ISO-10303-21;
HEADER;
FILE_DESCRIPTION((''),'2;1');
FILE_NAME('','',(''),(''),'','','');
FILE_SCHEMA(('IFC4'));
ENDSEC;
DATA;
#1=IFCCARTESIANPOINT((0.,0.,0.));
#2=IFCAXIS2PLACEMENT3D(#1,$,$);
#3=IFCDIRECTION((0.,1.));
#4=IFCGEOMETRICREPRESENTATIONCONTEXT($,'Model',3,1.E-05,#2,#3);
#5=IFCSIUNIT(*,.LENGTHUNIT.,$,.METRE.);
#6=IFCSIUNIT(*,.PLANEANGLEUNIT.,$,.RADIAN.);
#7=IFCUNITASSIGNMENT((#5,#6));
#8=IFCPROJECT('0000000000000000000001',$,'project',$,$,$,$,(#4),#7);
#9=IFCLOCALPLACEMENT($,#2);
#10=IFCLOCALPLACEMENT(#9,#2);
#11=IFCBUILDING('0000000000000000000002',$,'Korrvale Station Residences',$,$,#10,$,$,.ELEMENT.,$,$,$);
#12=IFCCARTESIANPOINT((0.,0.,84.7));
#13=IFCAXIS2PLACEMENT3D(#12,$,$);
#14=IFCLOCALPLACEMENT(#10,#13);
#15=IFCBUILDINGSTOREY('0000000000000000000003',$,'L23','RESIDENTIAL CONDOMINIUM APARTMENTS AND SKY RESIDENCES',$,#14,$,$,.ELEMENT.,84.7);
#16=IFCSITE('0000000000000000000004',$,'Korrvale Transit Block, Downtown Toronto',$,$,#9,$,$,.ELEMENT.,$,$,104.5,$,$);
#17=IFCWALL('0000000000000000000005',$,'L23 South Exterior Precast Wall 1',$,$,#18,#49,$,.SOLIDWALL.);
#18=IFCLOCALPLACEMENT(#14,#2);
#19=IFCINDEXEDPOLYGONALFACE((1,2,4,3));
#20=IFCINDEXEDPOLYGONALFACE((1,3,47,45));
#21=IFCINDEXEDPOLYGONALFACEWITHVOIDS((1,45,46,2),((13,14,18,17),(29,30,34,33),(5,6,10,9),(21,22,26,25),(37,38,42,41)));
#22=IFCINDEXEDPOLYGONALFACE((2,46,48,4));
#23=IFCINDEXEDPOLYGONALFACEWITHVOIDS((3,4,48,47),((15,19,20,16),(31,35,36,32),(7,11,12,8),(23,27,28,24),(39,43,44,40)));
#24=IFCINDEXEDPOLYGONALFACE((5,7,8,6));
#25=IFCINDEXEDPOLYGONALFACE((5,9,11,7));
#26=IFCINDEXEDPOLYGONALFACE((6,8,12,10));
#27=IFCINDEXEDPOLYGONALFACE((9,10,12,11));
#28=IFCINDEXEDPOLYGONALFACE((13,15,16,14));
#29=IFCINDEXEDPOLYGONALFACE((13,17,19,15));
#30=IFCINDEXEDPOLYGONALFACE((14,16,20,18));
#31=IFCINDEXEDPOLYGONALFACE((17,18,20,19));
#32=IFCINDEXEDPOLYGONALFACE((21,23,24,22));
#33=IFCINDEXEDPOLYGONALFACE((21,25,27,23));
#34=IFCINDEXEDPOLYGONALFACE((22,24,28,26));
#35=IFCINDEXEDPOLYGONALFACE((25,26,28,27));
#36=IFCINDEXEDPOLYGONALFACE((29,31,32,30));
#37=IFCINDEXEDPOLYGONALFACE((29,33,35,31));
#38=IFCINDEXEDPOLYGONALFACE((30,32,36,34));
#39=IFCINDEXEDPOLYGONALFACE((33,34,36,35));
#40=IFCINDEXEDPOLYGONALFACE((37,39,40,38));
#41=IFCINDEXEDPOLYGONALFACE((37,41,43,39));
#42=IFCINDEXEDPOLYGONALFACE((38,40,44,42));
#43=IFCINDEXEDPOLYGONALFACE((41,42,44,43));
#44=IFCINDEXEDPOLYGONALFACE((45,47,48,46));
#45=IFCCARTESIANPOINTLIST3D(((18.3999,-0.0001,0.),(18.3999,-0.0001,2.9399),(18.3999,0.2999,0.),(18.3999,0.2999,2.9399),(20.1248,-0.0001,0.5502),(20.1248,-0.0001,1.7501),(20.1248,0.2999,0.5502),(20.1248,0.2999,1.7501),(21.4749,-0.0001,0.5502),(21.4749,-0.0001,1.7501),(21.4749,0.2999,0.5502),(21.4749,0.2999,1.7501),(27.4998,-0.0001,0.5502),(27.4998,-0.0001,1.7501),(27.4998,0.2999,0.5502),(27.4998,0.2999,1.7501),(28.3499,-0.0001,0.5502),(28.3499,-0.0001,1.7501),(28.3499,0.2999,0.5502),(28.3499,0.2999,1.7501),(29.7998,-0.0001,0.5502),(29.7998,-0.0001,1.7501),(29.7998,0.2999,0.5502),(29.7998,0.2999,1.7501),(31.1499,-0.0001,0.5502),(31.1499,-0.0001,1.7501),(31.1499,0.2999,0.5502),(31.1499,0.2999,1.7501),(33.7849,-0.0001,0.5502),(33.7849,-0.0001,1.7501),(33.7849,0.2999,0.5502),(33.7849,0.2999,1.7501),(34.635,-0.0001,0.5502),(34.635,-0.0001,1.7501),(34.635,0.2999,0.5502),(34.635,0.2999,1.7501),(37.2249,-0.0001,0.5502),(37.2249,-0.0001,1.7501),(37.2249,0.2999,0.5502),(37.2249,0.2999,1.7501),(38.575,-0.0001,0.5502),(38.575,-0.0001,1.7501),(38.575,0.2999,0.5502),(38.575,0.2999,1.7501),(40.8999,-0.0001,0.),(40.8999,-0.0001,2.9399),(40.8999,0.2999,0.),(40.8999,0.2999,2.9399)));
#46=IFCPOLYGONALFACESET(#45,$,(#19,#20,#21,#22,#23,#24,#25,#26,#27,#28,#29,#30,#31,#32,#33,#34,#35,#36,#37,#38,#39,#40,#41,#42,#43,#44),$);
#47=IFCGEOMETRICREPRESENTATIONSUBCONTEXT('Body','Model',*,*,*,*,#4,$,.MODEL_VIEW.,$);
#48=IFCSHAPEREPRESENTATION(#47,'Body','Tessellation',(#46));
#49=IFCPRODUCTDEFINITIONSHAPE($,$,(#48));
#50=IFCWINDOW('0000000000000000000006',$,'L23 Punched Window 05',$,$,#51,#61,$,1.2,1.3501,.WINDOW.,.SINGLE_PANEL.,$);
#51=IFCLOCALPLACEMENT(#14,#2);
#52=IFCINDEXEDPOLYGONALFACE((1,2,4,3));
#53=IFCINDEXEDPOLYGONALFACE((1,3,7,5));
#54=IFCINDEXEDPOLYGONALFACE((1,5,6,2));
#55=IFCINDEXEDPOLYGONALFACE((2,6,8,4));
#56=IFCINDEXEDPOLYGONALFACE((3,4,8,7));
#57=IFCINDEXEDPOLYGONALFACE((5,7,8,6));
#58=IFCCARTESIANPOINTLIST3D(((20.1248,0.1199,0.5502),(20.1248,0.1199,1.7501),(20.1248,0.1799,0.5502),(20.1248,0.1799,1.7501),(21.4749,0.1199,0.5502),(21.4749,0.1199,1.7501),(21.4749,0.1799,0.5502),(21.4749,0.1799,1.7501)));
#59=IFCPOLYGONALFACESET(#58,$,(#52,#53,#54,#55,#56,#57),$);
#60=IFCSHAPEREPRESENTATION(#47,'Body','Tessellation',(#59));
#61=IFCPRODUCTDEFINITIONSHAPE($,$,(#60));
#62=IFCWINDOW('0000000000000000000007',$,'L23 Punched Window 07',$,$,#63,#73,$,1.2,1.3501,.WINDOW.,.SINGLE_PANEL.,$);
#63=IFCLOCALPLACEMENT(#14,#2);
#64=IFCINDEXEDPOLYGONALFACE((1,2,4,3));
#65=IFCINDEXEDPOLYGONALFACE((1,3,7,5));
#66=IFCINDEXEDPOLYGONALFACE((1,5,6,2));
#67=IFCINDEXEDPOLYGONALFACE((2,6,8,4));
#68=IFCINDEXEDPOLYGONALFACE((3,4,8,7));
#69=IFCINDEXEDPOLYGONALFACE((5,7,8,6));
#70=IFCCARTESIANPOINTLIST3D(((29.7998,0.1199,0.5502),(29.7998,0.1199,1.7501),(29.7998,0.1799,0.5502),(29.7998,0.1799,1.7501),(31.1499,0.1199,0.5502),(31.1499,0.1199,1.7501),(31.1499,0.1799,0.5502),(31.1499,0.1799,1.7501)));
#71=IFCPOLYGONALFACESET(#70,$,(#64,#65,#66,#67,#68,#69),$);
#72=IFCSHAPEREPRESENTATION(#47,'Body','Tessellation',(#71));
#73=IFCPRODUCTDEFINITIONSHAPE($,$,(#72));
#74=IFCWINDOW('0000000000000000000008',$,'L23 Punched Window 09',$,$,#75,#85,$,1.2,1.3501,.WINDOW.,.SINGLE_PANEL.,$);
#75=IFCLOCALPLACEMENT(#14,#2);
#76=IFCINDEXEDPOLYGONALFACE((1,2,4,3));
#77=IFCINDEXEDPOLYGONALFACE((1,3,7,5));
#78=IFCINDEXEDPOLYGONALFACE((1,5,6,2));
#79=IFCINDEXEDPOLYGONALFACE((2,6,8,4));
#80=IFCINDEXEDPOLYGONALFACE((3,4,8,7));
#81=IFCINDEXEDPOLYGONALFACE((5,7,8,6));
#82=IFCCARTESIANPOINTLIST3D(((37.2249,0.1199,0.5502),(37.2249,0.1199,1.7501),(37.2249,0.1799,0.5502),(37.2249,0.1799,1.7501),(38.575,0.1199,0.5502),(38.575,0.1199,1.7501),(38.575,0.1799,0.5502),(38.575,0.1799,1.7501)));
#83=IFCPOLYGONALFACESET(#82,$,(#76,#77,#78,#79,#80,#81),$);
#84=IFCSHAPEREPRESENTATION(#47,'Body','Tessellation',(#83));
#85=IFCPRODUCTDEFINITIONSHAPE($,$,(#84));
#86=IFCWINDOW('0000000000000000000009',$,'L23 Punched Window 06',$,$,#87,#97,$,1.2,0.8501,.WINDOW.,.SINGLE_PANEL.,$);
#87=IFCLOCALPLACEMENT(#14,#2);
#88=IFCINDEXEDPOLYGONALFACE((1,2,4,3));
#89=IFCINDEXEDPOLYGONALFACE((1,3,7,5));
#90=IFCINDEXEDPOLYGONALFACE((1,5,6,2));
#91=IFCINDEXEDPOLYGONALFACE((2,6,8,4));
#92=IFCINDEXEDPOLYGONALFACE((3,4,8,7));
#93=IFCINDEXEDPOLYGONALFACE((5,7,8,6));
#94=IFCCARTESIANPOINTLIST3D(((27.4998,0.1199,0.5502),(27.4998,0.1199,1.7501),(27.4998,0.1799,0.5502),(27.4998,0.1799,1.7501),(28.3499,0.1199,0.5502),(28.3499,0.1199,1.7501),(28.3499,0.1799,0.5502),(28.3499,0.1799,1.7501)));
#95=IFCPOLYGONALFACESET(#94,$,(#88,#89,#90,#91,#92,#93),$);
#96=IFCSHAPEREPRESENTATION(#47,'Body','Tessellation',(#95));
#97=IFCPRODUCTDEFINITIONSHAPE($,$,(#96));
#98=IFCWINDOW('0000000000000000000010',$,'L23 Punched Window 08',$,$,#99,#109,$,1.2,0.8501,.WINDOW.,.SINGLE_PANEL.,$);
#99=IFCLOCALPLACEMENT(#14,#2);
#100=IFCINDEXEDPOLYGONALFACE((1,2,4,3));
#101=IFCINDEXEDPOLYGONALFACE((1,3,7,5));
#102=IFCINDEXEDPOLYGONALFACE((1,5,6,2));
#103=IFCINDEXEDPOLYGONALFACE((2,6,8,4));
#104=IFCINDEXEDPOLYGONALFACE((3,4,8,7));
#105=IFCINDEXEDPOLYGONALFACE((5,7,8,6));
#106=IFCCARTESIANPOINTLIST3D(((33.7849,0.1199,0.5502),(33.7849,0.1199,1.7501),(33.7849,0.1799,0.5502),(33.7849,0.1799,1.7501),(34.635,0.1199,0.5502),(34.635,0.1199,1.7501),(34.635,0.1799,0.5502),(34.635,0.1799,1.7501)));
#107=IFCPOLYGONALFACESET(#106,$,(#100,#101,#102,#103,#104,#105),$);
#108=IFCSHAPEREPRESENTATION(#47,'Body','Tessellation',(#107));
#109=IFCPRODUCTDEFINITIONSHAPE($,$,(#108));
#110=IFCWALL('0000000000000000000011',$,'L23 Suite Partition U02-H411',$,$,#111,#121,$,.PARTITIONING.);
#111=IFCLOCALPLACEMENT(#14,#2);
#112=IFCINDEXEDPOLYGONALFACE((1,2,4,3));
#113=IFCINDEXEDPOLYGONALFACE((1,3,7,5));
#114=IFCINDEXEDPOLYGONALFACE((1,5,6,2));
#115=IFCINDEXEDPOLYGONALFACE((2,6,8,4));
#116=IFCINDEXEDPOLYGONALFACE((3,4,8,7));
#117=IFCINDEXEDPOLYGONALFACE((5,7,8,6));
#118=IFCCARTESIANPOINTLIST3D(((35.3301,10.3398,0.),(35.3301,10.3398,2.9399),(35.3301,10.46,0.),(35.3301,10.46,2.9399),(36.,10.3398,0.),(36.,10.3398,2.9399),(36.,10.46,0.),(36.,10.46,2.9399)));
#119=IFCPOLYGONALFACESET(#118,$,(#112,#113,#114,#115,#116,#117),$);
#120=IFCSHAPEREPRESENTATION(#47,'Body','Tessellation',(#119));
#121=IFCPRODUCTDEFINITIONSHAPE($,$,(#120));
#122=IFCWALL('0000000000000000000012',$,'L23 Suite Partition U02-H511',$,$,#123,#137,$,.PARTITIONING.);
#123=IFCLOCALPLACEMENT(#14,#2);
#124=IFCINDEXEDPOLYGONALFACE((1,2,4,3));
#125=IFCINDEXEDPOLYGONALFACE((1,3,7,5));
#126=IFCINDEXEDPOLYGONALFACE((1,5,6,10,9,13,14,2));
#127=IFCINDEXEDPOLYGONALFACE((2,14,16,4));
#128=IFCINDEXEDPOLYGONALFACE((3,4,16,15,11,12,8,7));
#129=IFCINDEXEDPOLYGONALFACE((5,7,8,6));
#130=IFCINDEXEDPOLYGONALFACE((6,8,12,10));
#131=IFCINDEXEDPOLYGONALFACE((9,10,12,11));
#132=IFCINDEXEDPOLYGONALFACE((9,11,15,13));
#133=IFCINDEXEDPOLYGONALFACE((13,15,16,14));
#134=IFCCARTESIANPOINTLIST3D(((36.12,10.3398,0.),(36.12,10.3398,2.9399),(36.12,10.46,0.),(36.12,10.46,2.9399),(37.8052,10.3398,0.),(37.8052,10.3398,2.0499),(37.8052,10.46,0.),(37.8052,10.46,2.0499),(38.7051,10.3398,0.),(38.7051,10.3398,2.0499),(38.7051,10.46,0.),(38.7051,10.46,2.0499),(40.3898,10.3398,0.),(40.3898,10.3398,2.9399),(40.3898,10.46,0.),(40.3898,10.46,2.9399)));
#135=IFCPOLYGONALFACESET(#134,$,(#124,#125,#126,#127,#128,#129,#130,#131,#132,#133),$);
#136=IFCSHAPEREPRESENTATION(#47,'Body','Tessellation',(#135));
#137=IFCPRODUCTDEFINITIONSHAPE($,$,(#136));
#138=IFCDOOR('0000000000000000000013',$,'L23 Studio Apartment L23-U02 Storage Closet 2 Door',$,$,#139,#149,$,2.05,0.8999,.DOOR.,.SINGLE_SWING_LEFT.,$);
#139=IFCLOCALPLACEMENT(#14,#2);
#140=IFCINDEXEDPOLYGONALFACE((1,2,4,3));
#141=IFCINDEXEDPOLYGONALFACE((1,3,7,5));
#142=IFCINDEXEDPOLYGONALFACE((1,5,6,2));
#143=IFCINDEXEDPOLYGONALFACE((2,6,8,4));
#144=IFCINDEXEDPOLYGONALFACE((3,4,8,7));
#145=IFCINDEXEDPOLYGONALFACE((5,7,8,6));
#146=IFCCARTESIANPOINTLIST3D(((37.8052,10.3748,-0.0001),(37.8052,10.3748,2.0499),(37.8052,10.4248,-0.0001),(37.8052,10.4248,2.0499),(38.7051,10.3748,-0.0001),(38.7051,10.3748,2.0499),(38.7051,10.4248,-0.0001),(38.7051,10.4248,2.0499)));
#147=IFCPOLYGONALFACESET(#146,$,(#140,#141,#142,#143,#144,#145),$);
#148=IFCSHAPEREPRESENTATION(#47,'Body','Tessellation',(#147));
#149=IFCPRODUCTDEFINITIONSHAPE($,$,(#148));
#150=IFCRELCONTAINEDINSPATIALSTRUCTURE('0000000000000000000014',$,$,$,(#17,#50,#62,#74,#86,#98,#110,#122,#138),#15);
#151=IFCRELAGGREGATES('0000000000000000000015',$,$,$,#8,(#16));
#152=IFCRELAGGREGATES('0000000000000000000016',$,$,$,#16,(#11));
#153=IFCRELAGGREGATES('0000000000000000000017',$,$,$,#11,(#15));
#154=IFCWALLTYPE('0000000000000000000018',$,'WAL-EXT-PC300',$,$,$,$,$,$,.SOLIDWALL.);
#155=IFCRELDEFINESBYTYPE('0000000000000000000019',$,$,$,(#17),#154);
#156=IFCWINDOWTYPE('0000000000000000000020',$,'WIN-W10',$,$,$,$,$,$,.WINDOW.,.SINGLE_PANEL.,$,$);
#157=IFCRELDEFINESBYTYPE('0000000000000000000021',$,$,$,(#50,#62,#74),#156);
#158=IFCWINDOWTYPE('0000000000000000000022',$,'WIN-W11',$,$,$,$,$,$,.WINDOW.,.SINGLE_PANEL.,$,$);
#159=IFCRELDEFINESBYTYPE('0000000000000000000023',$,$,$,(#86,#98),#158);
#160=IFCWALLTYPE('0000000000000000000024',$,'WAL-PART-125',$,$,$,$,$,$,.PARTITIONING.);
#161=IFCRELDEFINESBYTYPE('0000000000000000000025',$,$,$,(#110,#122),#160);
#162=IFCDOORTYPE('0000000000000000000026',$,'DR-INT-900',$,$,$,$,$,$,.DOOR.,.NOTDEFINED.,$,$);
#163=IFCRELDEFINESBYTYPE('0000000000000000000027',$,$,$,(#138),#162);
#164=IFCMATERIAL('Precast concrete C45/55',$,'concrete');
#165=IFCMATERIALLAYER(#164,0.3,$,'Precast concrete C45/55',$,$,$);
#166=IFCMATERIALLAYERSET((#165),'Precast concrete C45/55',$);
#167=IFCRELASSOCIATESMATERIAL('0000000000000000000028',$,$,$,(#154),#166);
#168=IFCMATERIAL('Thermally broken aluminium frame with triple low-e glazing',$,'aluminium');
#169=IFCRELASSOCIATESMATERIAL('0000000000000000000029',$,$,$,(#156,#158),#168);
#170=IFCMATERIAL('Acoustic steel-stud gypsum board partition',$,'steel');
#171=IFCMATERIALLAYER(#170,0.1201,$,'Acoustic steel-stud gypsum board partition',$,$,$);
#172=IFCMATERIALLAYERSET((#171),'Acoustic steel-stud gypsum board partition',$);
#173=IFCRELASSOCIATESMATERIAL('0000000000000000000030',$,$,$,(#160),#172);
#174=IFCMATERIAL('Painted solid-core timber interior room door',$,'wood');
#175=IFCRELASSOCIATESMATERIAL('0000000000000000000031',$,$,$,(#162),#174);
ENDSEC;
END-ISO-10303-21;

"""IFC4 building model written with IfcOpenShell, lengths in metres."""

from ifc_helpers import new_model, si_unit, direction, frame, frame_2d, origin, place, context, subcontext, project, spatial, rectangle, extrude, material, layer, layer_set, type_object, element, fill, save


model = new_model("IFC4")

# Units and contexts
model_context = context("Model", 3, precision=1e-05, world=origin(), true_north=direction((0.0, 1.0)))
body_context = subcontext(model_context, "Body", "Model", "MODEL_VIEW")
ifc_project = project(units=[si_unit("LENGTHUNIT", "METRE"), si_unit("PLANEANGLEUNIT", "RADIAN")], contexts=[model_context])

# Site, building, storey
site_placement = place(None, origin())
site = spatial("IfcSite", under=ifc_project, at=site_placement, Name="Korrvale Transit Block, Downtown Toronto", CompositionType="ELEMENT", RefElevation=104.5)
building_placement = place(site_placement, origin())
building = spatial("IfcBuilding", under=site, at=building_placement, Name="Korrvale Station Residences", CompositionType="ELEMENT")
storey_placement = place(building_placement, frame((0.0, 0.0, 84.7)))
storey = spatial("IfcBuildingStorey", under=building, at=storey_placement, Name="L23", Description="RESIDENTIAL CONDOMINIUM APARTMENTS AND SKY RESIDENCES", CompositionType="ELEMENT", Elevation=84.7)

# Shared definitions
ifc_material_1 = material(Name="Precast concrete C45/55", Category="concrete")

# Wall, openings, windows
ifc_layer_1 = layer(ifc_material_1, 0.3, Name="Precast concrete C45/55")
ifc_layer_set_1 = layer_set([ifc_layer_1], Name="Precast concrete C45/55")
wall_type_1 = type_object("IfcWallType", Name="WAL-EXT-PC300", PredefinedType="SOLIDWALL", material=ifc_layer_set_1)
wall_1_placement = place(storey_placement, frame((40.8999, 0.1499, 0.0), z_axis=(0.0, 0.0, 1.0), x_axis=(-1.0, 0.0, 0.0)))
wall_1 = element("IfcWall", 1, at=wall_1_placement, inside=storey, type_object=wall_type_1, Name="L23 South Exterior Precast Wall 1", PredefinedType="SOLIDWALL", context=body_context, shape_type="SweptSolid", body=[
    extrude(rectangle(XDim=22.5, YDim=0.3, at=frame_2d((11.25, 0.0))), origin(), (0.0, 0.0, 1.0), 2.9399),
])
opening_1_placement = place(wall_1_placement, frame((19.425, 0.0, 0.55)))
opening_1 = element("IfcOpeningElement", 2, at=opening_1_placement, cuts=wall_1, PredefinedType="OPENING", context=body_context, shape_type="SweptSolid", body=[
    extrude(rectangle(XDim=1.3501, YDim=1.2, at=frame_2d((0.675, 0.6001))), frame((0.0, 0.1602, 0.0), z_axis=(0.0, -1.0, 0.0), x_axis=(1.0, 0.0, 0.0)), (0.0, 0.0, 1.0), 0.3201),
])
opening_2_placement = place(wall_1_placement, frame((12.55, 0.0, 0.55)))
opening_2 = element("IfcOpeningElement", 3, at=opening_2_placement, cuts=wall_1, PredefinedType="OPENING", context=body_context, shape_type="SweptSolid", body=[
    extrude(rectangle(XDim=0.8501, YDim=1.2, at=frame_2d((0.425, 0.6001))), frame((0.0, 0.1602, 0.0), z_axis=(0.0, -1.0, 0.0), x_axis=(1.0, 0.0, 0.0)), (0.0, 0.0, 1.0), 0.3201),
])
opening_3_placement = place(wall_1_placement, frame((9.75, 0.0, 0.55)))
opening_3 = element("IfcOpeningElement", 4, at=opening_3_placement, cuts=wall_1, PredefinedType="OPENING", context=body_context, shape_type="SweptSolid", body=[
    extrude(rectangle(XDim=1.3501, YDim=1.2, at=frame_2d((0.675, 0.6001))), frame((0.0, 0.1602, 0.0), z_axis=(0.0, -1.0, 0.0), x_axis=(1.0, 0.0, 0.0)), (0.0, 0.0, 1.0), 0.3201),
])
opening_4_placement = place(wall_1_placement, frame((6.2649, 0.0, 0.55)))
opening_4 = element("IfcOpeningElement", 5, at=opening_4_placement, cuts=wall_1, PredefinedType="OPENING", context=body_context, shape_type="SweptSolid", body=[
    extrude(rectangle(XDim=0.8501, YDim=1.2, at=frame_2d((0.425, 0.6001))), frame((0.0, 0.1602, 0.0), z_axis=(0.0, -1.0, 0.0), x_axis=(1.0, 0.0, 0.0)), (0.0, 0.0, 1.0), 0.3201),
])
opening_5_placement = place(wall_1_placement, frame((2.325, 0.0, 0.55)))
opening_5 = element("IfcOpeningElement", 6, at=opening_5_placement, cuts=wall_1, PredefinedType="OPENING", context=body_context, shape_type="SweptSolid", body=[
    extrude(rectangle(XDim=1.3501, YDim=1.2, at=frame_2d((0.675, 0.6001))), frame((0.0, 0.1602, 0.0), z_axis=(0.0, -1.0, 0.0), x_axis=(1.0, 0.0, 0.0)), (0.0, 0.0, 1.0), 0.3201),
])
ifc_material_2 = material(Name="Thermally broken aluminium frame with triple low-e glazing", Category="aluminium")
window_type_1 = type_object("IfcWindowType", Name="WIN-W10", PartitioningType="SINGLE_PANEL", PredefinedType="WINDOW", material=ifc_material_2)
window_1_placement = place(opening_1_placement, origin())
window_1 = element("IfcWindow", 7, at=window_1_placement, inside=storey, type_object=window_type_1, Name="L23 Punched Window 05", OverallHeight=1.2, OverallWidth=1.3501, PartitioningType="SINGLE_PANEL", PredefinedType="WINDOW", context=body_context, shape_type="SweptSolid", body=[
    extrude(rectangle(XDim=1.3501, YDim=1.2, at=frame_2d((0.675, 0.6001))), frame((0.0, 0.03, 0.0), z_axis=(0.0, -1.0, 0.0), x_axis=(1.0, 0.0, 0.0)), (0.0, 0.0, 1.0), 0.0601),
])
fill(opening_1, window_1)
window_2_placement = place(opening_3_placement, origin())
window_2 = element("IfcWindow", 8, at=window_2_placement, inside=storey, type_object=window_type_1, Name="L23 Punched Window 07", OverallHeight=1.2, OverallWidth=1.3501, PartitioningType="SINGLE_PANEL", PredefinedType="WINDOW", context=body_context, shape_type="SweptSolid", body=[
    extrude(rectangle(XDim=1.3501, YDim=1.2, at=frame_2d((0.675, 0.6001))), frame((0.0, 0.03, 0.0), z_axis=(0.0, -1.0, 0.0), x_axis=(1.0, 0.0, 0.0)), (0.0, 0.0, 1.0), 0.0601),
])
fill(opening_3, window_2)
window_3_placement = place(opening_5_placement, origin())
window_3 = element("IfcWindow", 9, at=window_3_placement, inside=storey, type_object=window_type_1, Name="L23 Punched Window 09", OverallHeight=1.2, OverallWidth=1.3501, PartitioningType="SINGLE_PANEL", PredefinedType="WINDOW", context=body_context, shape_type="SweptSolid", body=[
    extrude(rectangle(XDim=1.3501, YDim=1.2, at=frame_2d((0.675, 0.6001))), frame((0.0, 0.03, 0.0), z_axis=(0.0, -1.0, 0.0), x_axis=(1.0, 0.0, 0.0)), (0.0, 0.0, 1.0), 0.0601),
])
fill(opening_5, window_3)
window_type_2 = type_object("IfcWindowType", Name="WIN-W11", PartitioningType="SINGLE_PANEL", PredefinedType="WINDOW", material=ifc_material_2)
window_4_placement = place(opening_2_placement, origin())
window_4 = element("IfcWindow", 10, at=window_4_placement, inside=storey, type_object=window_type_2, Name="L23 Punched Window 06", OverallHeight=1.2, OverallWidth=0.8501, PartitioningType="SINGLE_PANEL", PredefinedType="WINDOW", context=body_context, shape_type="SweptSolid", body=[
    extrude(rectangle(XDim=0.8501, YDim=1.2, at=frame_2d((0.425, 0.6001))), frame((0.0, 0.03, 0.0), z_axis=(0.0, -1.0, 0.0), x_axis=(1.0, 0.0, 0.0)), (0.0, 0.0, 1.0), 0.0601),
])
fill(opening_2, window_4)
window_5_placement = place(opening_4_placement, origin())
window_5 = element("IfcWindow", 11, at=window_5_placement, inside=storey, type_object=window_type_2, Name="L23 Punched Window 08", OverallHeight=1.2, OverallWidth=0.8501, PartitioningType="SINGLE_PANEL", PredefinedType="WINDOW", context=body_context, shape_type="SweptSolid", body=[
    extrude(rectangle(XDim=0.8501, YDim=1.2, at=frame_2d((0.425, 0.6001))), frame((0.0, 0.03, 0.0), z_axis=(0.0, -1.0, 0.0), x_axis=(1.0, 0.0, 0.0)), (0.0, 0.0, 1.0), 0.0601),
])
fill(opening_4, window_5)

# Wall
ifc_material_3 = material(Name="Acoustic steel-stud gypsum board partition", Category="steel")
ifc_layer_2 = layer(ifc_material_3, 0.1201, Name="Acoustic steel-stud gypsum board partition")
ifc_layer_set_2 = layer_set([ifc_layer_2], Name="Acoustic steel-stud gypsum board partition")
wall_type_2 = type_object("IfcWallType", Name="WAL-PART-125", PredefinedType="PARTITIONING", material=ifc_layer_set_2)
wall_2_placement = place(storey_placement, frame((35.3301, 10.3999, 0.0), z_axis=(0.0, 0.0, 1.0), x_axis=(1.0, 0.0, 0.0)))
element("IfcWall", 12, at=wall_2_placement, inside=storey, type_object=wall_type_2, Name="L23 Suite Partition U02-H411", PredefinedType="PARTITIONING", context=body_context, shape_type="SweptSolid", body=[
    extrude(rectangle(XDim=0.6699, YDim=0.1201, at=frame_2d((0.335, 0.0))), origin(), (0.0, 0.0, 1.0), 2.9399),
])

# Wall, opening, door
wall_3_placement = place(storey_placement, frame((36.1201, 10.3999, 0.0), z_axis=(0.0, 0.0, 1.0), x_axis=(1.0, 0.0, 0.0)))
wall_3 = element("IfcWall", 13, at=wall_3_placement, inside=storey, type_object=wall_type_2, Name="L23 Suite Partition U02-H511", PredefinedType="PARTITIONING", context=body_context, shape_type="SweptSolid", body=[
    extrude(rectangle(XDim=4.2698, YDim=0.1201, at=frame_2d((2.1348, 0.0))), origin(), (0.0, 0.0, 1.0), 2.9399),
])
opening_6_placement = place(wall_3_placement, frame((1.6851, 0.0, 0.0)))
opening_6 = element("IfcOpeningElement", 14, at=opening_6_placement, cuts=wall_3, PredefinedType="OPENING", context=body_context, shape_type="SweptSolid", body=[
    extrude(rectangle(XDim=0.8999, YDim=2.05, at=frame_2d((0.45, 1.0249))), frame((0.0, 0.0701, 0.0), z_axis=(0.0, -1.0, 0.0), x_axis=(1.0, 0.0, 0.0)), (0.0, 0.0, 1.0), 0.1401),
])
ifc_material_4 = material(Name="Painted solid-core timber interior room door", Category="wood")
door_type = type_object("IfcDoorType", Name="DR-INT-900", OperationType="NOTDEFINED", PredefinedType="DOOR", material=ifc_material_4)
door_1_placement = place(opening_6_placement, origin())
door_1 = element("IfcDoor", 15, at=door_1_placement, inside=storey, type_object=door_type, Name="L23 Studio Apartment L23-U02 Storage Closet 2 Door", OperationType="SINGLE_SWING_LEFT", OverallHeight=2.05, OverallWidth=0.8999, PredefinedType="DOOR", context=body_context, shape_type="SweptSolid", body=[
    extrude(rectangle(XDim=0.8999, YDim=2.05, at=frame_2d((0.45, 1.0249))), frame((0.0, 0.0249, 0.0), z_axis=(0.0, -1.0, 0.0), x_axis=(1.0, 0.0, 0.0)), (0.0, 0.0, 1.0), 0.05),
])
fill(opening_6, door_1)

save(model, "model.ifc")
